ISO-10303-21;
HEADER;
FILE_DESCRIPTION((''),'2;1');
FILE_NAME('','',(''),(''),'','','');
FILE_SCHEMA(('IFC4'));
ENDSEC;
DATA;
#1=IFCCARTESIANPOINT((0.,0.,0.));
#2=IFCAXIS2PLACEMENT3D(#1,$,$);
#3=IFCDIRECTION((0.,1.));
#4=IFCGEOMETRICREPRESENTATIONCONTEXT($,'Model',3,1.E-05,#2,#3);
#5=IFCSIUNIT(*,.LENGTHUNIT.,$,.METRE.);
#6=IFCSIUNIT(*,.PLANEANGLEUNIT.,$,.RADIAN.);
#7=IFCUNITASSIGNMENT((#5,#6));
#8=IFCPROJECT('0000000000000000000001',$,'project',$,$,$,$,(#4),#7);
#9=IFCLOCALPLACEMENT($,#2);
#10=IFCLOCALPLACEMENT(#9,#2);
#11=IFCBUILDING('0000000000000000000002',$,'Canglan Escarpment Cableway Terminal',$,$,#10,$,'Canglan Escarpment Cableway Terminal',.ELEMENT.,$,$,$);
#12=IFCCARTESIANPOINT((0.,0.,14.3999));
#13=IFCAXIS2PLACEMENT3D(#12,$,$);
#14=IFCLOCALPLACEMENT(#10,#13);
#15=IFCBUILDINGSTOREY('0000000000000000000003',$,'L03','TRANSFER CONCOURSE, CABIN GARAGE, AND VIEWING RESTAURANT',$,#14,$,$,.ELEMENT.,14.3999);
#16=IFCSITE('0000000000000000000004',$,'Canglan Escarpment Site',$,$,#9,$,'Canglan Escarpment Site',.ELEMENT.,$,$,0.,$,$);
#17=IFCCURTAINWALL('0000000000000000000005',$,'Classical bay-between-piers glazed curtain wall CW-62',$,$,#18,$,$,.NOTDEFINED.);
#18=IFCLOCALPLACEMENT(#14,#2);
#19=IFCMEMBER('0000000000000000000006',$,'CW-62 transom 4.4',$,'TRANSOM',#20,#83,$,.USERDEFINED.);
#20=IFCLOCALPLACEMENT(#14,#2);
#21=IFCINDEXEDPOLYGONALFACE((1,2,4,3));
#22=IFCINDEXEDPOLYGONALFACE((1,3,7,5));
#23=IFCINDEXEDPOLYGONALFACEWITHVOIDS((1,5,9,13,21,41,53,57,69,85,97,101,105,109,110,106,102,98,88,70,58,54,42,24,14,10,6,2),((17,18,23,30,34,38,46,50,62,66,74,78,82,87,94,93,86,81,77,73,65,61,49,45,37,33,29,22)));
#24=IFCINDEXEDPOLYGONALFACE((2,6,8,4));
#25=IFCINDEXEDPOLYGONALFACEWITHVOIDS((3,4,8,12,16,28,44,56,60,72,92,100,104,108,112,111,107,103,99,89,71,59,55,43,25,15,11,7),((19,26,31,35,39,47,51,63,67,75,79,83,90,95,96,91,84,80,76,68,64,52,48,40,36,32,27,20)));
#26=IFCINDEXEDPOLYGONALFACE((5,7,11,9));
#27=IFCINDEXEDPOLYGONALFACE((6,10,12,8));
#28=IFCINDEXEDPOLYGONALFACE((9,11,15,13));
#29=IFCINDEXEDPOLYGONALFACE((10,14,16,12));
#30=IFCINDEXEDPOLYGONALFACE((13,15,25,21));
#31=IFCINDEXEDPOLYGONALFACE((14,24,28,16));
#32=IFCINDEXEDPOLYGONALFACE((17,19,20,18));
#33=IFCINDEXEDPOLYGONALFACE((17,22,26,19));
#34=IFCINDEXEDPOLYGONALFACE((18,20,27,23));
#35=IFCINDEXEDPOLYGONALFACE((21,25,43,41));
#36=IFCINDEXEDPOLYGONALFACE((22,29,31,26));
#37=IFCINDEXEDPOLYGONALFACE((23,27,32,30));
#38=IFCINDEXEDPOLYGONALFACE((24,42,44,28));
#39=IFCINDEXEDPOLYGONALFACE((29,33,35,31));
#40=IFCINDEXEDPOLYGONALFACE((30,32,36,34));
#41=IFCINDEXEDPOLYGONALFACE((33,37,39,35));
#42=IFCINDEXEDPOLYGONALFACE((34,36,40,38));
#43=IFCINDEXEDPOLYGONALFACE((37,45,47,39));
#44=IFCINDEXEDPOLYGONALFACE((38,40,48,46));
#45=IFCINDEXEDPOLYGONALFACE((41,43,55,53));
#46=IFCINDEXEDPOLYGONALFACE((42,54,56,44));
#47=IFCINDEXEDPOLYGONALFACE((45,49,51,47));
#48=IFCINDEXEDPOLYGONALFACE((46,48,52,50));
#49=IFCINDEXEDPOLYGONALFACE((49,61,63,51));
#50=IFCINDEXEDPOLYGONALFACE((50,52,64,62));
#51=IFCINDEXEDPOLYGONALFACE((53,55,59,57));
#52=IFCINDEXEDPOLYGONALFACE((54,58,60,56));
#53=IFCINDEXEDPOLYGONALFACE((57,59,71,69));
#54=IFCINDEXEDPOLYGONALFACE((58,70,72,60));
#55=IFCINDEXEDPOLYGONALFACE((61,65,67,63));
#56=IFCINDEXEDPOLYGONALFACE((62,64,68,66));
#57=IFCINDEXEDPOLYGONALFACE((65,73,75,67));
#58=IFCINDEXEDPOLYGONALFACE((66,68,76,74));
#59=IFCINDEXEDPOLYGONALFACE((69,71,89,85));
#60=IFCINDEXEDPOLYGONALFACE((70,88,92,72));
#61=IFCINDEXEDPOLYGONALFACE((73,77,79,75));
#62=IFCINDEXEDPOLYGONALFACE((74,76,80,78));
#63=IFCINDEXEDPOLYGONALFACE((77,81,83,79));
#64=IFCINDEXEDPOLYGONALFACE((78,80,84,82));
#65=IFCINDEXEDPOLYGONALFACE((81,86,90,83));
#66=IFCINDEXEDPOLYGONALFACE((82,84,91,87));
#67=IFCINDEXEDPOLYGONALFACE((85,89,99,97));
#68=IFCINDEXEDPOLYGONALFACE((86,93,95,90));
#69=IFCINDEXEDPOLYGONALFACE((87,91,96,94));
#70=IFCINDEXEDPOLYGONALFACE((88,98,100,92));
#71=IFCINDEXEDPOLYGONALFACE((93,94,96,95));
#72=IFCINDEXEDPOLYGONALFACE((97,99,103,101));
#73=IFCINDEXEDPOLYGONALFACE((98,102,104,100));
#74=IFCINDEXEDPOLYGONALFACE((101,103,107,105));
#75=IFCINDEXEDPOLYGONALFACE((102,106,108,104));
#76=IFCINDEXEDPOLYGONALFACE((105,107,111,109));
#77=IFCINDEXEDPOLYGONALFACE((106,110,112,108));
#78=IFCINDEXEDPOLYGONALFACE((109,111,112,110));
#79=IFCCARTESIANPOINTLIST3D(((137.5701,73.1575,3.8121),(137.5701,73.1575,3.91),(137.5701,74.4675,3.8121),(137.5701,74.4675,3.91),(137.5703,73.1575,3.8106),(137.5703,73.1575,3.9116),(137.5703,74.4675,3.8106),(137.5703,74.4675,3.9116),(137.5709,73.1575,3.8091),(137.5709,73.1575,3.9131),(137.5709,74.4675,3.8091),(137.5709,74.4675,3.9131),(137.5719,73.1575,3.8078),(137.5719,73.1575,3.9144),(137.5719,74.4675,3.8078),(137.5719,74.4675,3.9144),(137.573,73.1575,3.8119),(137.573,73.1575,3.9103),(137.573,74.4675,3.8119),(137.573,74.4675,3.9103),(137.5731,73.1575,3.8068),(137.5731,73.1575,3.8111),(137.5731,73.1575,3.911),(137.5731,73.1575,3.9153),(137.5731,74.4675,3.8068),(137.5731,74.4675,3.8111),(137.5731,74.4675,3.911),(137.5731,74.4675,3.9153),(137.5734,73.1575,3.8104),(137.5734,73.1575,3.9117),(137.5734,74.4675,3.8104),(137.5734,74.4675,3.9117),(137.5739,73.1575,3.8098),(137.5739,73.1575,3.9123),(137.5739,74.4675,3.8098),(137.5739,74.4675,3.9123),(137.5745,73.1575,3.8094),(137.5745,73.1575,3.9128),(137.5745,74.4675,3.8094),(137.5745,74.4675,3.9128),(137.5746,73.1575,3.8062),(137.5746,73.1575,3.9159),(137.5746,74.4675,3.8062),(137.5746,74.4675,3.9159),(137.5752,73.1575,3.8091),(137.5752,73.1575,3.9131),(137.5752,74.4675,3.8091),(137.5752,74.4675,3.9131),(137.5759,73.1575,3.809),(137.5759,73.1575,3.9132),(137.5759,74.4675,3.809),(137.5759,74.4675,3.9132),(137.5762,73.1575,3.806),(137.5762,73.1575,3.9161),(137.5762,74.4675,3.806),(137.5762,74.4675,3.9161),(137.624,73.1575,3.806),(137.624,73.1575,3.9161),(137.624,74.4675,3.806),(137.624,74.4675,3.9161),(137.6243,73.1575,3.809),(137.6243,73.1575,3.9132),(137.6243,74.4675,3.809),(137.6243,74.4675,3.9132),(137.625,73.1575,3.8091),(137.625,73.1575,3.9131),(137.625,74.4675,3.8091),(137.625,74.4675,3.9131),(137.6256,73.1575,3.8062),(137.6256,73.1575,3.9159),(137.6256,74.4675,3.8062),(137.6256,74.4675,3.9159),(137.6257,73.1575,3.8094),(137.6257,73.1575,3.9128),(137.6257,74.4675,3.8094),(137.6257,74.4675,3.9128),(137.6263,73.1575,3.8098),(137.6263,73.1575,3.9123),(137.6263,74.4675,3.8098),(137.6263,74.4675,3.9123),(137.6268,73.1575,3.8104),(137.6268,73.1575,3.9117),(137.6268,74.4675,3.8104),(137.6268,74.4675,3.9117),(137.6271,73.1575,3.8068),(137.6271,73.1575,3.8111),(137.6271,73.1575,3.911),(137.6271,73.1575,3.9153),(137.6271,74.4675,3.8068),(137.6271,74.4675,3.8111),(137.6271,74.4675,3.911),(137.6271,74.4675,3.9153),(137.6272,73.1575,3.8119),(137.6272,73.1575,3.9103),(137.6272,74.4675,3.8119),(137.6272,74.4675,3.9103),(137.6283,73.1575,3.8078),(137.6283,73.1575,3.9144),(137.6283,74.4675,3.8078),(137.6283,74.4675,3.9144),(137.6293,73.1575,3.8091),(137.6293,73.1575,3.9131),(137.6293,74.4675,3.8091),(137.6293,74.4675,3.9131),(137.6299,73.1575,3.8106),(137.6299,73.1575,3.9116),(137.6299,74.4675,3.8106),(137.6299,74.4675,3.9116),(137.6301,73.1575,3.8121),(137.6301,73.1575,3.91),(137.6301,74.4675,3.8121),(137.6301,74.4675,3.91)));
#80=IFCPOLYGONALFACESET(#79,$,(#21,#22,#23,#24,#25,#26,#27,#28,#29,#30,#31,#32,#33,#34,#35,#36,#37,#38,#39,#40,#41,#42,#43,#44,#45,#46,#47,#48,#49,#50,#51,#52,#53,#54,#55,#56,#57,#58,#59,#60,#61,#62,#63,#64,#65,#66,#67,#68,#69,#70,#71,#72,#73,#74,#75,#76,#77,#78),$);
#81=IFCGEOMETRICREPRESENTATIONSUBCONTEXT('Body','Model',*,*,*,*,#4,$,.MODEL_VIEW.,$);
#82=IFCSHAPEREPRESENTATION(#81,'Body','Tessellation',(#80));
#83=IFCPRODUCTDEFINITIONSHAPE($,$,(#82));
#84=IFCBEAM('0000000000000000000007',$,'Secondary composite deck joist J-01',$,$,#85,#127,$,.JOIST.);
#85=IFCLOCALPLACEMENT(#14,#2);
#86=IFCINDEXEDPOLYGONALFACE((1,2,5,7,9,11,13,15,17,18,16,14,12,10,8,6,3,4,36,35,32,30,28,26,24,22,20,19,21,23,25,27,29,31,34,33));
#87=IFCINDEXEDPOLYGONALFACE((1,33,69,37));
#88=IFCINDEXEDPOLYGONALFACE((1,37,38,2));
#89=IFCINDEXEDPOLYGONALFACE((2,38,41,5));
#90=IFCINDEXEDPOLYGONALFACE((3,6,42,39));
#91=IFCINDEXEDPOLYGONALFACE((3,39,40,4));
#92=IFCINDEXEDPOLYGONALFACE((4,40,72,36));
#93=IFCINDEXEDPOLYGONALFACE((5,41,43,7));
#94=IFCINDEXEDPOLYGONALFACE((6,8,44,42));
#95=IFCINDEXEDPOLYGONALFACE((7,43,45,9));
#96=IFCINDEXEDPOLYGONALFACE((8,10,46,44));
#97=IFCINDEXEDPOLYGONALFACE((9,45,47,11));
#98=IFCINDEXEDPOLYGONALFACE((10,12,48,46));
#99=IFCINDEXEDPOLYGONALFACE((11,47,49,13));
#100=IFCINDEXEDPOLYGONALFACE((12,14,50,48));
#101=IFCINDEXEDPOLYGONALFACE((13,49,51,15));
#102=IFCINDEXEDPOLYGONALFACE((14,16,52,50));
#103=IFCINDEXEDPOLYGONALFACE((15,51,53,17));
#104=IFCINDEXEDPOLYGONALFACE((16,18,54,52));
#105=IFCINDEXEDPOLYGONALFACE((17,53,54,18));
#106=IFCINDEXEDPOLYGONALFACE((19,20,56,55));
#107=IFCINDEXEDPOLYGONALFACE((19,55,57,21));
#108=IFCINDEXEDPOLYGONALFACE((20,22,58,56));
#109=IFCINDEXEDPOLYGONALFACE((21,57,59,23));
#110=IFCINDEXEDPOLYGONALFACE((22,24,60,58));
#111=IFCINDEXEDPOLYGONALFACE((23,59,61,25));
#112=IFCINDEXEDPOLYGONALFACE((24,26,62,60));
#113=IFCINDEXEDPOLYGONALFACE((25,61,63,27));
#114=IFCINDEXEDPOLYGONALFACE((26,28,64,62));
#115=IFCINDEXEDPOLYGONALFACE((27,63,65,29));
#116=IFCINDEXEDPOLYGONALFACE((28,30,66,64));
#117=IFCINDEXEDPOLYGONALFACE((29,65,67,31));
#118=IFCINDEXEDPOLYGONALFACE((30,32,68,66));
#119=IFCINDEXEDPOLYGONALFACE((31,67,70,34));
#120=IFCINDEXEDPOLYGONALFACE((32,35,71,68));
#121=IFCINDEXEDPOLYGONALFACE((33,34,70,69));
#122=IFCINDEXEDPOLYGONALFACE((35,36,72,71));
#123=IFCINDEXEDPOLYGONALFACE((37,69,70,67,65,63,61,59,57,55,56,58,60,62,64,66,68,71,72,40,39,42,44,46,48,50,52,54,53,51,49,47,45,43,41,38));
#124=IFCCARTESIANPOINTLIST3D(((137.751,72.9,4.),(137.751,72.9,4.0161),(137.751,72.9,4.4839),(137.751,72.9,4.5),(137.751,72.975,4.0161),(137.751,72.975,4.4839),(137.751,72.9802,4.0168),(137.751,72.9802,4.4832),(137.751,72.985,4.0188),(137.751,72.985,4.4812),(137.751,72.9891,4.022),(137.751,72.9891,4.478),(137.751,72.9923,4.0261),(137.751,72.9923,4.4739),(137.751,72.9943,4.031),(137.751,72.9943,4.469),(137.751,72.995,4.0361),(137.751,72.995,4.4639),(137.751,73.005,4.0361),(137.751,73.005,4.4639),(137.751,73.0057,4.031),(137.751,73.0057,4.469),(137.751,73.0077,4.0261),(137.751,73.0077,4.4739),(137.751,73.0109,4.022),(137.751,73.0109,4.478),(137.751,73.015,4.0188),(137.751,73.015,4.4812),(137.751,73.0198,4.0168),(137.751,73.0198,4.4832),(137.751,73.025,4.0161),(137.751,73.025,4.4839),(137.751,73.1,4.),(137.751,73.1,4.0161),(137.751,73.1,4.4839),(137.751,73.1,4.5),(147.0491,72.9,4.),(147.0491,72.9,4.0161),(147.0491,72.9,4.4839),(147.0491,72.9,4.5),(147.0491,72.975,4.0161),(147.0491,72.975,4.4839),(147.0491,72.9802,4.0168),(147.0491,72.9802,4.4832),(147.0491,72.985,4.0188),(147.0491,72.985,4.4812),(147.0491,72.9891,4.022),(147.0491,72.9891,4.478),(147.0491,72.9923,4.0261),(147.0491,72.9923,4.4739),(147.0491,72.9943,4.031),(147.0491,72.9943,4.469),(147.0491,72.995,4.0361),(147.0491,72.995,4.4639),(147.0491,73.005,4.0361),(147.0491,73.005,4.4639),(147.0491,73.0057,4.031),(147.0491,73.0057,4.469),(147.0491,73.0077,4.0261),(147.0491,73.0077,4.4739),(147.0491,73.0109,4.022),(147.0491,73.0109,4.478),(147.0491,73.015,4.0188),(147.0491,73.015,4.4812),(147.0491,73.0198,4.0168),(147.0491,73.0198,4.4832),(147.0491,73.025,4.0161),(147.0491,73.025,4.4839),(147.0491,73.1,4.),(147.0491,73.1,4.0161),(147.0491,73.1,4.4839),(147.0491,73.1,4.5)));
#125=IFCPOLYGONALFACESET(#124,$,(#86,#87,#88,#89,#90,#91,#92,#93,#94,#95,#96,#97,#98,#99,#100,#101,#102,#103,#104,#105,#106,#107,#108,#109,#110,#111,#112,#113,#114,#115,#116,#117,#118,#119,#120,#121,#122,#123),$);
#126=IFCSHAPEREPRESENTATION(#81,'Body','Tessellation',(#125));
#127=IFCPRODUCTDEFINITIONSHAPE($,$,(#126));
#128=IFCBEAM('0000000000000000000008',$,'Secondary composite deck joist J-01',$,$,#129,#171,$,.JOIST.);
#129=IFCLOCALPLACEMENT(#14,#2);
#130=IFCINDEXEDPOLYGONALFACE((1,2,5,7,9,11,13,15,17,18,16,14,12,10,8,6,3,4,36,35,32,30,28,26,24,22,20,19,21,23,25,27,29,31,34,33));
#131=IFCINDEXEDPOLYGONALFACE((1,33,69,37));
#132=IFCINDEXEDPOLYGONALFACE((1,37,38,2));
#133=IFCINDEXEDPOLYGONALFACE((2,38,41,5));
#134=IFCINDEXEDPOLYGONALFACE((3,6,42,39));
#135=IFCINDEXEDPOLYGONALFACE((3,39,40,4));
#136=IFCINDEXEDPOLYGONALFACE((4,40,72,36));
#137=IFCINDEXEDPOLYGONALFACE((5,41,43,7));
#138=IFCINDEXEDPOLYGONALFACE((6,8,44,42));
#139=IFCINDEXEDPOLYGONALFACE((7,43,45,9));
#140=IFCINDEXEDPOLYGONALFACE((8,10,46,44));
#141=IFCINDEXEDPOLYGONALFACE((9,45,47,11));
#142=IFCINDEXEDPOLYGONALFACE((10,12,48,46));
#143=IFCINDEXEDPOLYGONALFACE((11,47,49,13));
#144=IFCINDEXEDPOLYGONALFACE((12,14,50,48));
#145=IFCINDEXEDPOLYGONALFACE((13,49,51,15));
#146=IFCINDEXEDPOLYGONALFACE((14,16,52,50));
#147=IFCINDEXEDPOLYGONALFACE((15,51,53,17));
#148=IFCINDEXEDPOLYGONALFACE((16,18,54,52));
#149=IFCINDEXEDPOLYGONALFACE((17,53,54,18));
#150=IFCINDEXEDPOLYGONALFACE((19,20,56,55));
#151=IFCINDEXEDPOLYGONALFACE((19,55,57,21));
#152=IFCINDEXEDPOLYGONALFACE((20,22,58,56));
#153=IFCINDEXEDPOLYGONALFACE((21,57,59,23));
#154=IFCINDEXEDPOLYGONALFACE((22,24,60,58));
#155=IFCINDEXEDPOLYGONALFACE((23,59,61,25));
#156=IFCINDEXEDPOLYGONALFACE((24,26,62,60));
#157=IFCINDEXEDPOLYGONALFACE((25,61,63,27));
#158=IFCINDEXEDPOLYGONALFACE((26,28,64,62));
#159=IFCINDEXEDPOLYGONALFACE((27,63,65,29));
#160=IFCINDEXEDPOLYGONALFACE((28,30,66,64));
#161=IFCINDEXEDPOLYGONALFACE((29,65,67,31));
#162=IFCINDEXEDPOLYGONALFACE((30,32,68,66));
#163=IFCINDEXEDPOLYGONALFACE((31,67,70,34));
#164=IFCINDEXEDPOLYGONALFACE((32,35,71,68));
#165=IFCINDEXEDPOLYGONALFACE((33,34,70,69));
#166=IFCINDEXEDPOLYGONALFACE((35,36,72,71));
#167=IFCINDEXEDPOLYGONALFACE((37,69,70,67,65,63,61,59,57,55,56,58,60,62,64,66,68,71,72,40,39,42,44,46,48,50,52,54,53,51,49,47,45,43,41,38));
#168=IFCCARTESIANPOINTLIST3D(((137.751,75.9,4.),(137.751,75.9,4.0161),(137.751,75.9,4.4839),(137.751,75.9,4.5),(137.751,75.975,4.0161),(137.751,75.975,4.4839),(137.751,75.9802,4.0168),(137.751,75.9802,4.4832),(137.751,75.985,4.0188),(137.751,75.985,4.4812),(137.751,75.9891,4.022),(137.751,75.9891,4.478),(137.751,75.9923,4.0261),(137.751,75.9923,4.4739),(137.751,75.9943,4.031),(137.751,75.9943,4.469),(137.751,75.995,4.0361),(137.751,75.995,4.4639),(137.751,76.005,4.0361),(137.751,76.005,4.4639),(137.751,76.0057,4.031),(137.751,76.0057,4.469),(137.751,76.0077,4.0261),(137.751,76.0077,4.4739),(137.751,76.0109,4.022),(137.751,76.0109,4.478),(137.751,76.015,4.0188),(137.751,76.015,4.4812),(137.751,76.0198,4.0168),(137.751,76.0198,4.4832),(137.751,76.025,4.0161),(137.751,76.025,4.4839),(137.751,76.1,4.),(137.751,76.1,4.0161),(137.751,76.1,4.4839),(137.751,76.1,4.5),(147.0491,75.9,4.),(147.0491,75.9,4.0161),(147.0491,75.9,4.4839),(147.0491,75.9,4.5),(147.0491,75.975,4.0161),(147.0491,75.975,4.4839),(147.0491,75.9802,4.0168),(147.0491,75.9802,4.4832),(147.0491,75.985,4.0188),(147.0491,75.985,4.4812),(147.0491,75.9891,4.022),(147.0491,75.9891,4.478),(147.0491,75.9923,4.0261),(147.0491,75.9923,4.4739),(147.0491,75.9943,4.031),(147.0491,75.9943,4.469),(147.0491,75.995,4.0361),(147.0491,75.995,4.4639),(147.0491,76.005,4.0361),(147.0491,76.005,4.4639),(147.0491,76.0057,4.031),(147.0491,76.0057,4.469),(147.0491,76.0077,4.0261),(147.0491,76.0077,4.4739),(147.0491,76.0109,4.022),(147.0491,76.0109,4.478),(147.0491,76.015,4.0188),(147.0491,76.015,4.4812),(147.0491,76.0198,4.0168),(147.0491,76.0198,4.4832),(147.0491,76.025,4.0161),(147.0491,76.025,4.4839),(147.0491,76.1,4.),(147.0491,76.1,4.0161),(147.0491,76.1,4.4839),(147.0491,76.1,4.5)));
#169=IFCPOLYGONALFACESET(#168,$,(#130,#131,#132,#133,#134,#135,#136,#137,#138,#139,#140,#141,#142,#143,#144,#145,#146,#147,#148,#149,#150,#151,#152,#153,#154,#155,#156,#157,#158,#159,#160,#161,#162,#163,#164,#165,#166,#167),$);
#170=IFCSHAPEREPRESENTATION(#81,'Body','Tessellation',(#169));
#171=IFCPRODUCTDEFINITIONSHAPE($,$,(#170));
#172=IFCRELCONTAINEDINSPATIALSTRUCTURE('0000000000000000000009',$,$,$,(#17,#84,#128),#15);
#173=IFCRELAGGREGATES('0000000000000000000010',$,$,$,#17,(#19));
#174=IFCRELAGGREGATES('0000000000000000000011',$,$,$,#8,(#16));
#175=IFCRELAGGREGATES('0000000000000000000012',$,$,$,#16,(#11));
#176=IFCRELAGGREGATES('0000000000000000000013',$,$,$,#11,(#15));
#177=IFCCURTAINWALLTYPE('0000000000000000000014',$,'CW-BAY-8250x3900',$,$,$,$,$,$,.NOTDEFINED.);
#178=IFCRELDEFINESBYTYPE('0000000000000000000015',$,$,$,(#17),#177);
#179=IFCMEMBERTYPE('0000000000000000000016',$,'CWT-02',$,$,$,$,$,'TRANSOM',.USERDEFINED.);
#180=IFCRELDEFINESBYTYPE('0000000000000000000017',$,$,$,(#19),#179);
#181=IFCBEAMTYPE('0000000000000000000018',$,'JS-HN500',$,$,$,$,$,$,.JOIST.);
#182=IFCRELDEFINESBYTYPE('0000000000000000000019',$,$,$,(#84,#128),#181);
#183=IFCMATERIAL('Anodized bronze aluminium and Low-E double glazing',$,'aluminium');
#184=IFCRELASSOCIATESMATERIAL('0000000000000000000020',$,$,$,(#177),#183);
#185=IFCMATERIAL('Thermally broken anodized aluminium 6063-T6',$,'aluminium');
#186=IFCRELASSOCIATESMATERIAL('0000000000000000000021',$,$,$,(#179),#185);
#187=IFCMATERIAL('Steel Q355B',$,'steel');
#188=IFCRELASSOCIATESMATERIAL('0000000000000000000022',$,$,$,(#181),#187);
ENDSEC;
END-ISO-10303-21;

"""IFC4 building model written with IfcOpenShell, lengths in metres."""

from ifc_helpers import new_model, si_unit, direction, frame, origin, origin_2d, place, context, subcontext, project, spatial, hollow_rectangle, i_section, extrude, material, material_profile, profile_set, type_object, element, aggregate, save


model = new_model("IFC4")

# Units and contexts
model_context = context("Model", 3, precision=1e-05, world=origin(), true_north=direction((0.0, 1.0)))
body_context = subcontext(model_context, "Body", "Model", "MODEL_VIEW")
ifc_project = project(units=[si_unit("LENGTHUNIT", "METRE"), si_unit("PLANEANGLEUNIT", "RADIAN")], contexts=[model_context])

# Site, building, storey
site_placement = place(None, origin())
site = spatial("IfcSite", under=ifc_project, at=site_placement, Name="Canglan Escarpment Site", LongName="Canglan Escarpment Site", CompositionType="ELEMENT", RefElevation=0.0)
building_placement = place(site_placement, origin())
building = spatial("IfcBuilding", under=site, at=building_placement, Name="Canglan Escarpment Cableway Terminal", LongName="Canglan Escarpment Cableway Terminal", CompositionType="ELEMENT")
storey_placement = place(building_placement, frame((0.0, 0.0, 14.3999)))
storey = spatial("IfcBuildingStorey", under=building, at=storey_placement, Name="L03", Description="TRANSFER CONCOURSE, CABIN GARAGE, AND VIEWING RESTAURANT", CompositionType="ELEMENT", Elevation=14.3999)

# Curtain wall, member
ifc_material_1 = material(Name="Anodized bronze aluminium and Low-E double glazing", Category="aluminium")
curtain_wall_type = type_object("IfcCurtainWallType", Name="CW-BAY-8250x3900", PredefinedType="NOTDEFINED", material=ifc_material_1)
curtain_wall_placement = place(storey_placement, origin())
curtain_wall = element("IfcCurtainWall", 1, at=curtain_wall_placement, inside=storey, type_object=curtain_wall_type, Name="Classical bay-between-piers glazed curtain wall CW-62", PredefinedType="NOTDEFINED")
ifc_material_2 = material(Name="Thermally broken anodized aluminium 6063-T6", Category="aluminium")
ifc_material_profile_1 = material_profile(ifc_material_2, hollow_rectangle(XDim=0.0601, YDim=0.1101, WallThickness=0.0029, InnerFilletRadius=0.0029, OuterFilletRadius=0.0061, at=origin_2d()), Name="ALU-TRAN 60x110x3")
ifc_profile_set_1 = profile_set([ifc_material_profile_1], Name="Thermally broken anodized aluminium 6063-T6")
member_type_1 = type_object("IfcMemberType", Name="CWT-02", ElementType="TRANSOM", PredefinedType="USERDEFINED", material=ifc_profile_set_1)
member_1_placement = place(storey_placement, frame((137.6001, 74.4675, 3.8611), z_axis=(0.0, -1.0, 0.0), x_axis=(1.0, 0.0, 0.0)))
member_1 = element("IfcMember", 2, at=member_1_placement, type_object=member_type_1, Name="CW-62 transom 4.4", ObjectType="TRANSOM", PredefinedType="USERDEFINED", context=body_context, shape_type="SweptSolid", body=[
    extrude(hollow_rectangle(XDim=0.0601, YDim=0.1101, WallThickness=0.0029, InnerFilletRadius=0.0029, OuterFilletRadius=0.0061, at=origin_2d()), origin(), (0.0, 0.0, 1.0), 1.3101),
])

# Beams
ifc_material_3 = material(Name="Steel Q355B", Category="steel")
ifc_material_profile_2 = material_profile(ifc_material_3, i_section(OverallWidth=0.2, OverallDepth=0.5, WebThickness=0.01, FlangeThickness=0.0161, FilletRadius=0.02, at=origin_2d()), Name="HN 500x200x10x16")
ifc_profile_set_2 = profile_set([ifc_material_profile_2], Name="Steel Q355B")
beam_type_1 = type_object("IfcBeamType", Name="JS-HN500", PredefinedType="JOIST", material=ifc_profile_set_2)
for number, where, z_axis, x_axis, name in (
    (3, (137.751, 73.0, 4.25), (1.0, 0.0, 0.0), (0.0, 1.0, 0.0), "Secondary composite deck joist J-01"),
    (4, (137.751, 76.0, 4.25), (1.0, 0.0, 0.0), (0.0, 1.0, 0.0), "Secondary composite deck joist J-01"),
):
    element("IfcBeam", number, at=place(storey_placement, frame(where, z_axis=z_axis, x_axis=x_axis)), inside=storey, type_object=beam_type_1, Name=name, PredefinedType="JOIST", context=body_context, shape_type="SweptSolid", body=[
        extrude(i_section(OverallWidth=0.2, OverallDepth=0.5, WebThickness=0.01, FlangeThickness=0.0161, FilletRadius=0.02, at=origin_2d()), origin(), (0.0, 0.0, 1.0), 9.2981),
    ])

aggregate(curtain_wall, [member_1])

save(model, "model.ifc")
